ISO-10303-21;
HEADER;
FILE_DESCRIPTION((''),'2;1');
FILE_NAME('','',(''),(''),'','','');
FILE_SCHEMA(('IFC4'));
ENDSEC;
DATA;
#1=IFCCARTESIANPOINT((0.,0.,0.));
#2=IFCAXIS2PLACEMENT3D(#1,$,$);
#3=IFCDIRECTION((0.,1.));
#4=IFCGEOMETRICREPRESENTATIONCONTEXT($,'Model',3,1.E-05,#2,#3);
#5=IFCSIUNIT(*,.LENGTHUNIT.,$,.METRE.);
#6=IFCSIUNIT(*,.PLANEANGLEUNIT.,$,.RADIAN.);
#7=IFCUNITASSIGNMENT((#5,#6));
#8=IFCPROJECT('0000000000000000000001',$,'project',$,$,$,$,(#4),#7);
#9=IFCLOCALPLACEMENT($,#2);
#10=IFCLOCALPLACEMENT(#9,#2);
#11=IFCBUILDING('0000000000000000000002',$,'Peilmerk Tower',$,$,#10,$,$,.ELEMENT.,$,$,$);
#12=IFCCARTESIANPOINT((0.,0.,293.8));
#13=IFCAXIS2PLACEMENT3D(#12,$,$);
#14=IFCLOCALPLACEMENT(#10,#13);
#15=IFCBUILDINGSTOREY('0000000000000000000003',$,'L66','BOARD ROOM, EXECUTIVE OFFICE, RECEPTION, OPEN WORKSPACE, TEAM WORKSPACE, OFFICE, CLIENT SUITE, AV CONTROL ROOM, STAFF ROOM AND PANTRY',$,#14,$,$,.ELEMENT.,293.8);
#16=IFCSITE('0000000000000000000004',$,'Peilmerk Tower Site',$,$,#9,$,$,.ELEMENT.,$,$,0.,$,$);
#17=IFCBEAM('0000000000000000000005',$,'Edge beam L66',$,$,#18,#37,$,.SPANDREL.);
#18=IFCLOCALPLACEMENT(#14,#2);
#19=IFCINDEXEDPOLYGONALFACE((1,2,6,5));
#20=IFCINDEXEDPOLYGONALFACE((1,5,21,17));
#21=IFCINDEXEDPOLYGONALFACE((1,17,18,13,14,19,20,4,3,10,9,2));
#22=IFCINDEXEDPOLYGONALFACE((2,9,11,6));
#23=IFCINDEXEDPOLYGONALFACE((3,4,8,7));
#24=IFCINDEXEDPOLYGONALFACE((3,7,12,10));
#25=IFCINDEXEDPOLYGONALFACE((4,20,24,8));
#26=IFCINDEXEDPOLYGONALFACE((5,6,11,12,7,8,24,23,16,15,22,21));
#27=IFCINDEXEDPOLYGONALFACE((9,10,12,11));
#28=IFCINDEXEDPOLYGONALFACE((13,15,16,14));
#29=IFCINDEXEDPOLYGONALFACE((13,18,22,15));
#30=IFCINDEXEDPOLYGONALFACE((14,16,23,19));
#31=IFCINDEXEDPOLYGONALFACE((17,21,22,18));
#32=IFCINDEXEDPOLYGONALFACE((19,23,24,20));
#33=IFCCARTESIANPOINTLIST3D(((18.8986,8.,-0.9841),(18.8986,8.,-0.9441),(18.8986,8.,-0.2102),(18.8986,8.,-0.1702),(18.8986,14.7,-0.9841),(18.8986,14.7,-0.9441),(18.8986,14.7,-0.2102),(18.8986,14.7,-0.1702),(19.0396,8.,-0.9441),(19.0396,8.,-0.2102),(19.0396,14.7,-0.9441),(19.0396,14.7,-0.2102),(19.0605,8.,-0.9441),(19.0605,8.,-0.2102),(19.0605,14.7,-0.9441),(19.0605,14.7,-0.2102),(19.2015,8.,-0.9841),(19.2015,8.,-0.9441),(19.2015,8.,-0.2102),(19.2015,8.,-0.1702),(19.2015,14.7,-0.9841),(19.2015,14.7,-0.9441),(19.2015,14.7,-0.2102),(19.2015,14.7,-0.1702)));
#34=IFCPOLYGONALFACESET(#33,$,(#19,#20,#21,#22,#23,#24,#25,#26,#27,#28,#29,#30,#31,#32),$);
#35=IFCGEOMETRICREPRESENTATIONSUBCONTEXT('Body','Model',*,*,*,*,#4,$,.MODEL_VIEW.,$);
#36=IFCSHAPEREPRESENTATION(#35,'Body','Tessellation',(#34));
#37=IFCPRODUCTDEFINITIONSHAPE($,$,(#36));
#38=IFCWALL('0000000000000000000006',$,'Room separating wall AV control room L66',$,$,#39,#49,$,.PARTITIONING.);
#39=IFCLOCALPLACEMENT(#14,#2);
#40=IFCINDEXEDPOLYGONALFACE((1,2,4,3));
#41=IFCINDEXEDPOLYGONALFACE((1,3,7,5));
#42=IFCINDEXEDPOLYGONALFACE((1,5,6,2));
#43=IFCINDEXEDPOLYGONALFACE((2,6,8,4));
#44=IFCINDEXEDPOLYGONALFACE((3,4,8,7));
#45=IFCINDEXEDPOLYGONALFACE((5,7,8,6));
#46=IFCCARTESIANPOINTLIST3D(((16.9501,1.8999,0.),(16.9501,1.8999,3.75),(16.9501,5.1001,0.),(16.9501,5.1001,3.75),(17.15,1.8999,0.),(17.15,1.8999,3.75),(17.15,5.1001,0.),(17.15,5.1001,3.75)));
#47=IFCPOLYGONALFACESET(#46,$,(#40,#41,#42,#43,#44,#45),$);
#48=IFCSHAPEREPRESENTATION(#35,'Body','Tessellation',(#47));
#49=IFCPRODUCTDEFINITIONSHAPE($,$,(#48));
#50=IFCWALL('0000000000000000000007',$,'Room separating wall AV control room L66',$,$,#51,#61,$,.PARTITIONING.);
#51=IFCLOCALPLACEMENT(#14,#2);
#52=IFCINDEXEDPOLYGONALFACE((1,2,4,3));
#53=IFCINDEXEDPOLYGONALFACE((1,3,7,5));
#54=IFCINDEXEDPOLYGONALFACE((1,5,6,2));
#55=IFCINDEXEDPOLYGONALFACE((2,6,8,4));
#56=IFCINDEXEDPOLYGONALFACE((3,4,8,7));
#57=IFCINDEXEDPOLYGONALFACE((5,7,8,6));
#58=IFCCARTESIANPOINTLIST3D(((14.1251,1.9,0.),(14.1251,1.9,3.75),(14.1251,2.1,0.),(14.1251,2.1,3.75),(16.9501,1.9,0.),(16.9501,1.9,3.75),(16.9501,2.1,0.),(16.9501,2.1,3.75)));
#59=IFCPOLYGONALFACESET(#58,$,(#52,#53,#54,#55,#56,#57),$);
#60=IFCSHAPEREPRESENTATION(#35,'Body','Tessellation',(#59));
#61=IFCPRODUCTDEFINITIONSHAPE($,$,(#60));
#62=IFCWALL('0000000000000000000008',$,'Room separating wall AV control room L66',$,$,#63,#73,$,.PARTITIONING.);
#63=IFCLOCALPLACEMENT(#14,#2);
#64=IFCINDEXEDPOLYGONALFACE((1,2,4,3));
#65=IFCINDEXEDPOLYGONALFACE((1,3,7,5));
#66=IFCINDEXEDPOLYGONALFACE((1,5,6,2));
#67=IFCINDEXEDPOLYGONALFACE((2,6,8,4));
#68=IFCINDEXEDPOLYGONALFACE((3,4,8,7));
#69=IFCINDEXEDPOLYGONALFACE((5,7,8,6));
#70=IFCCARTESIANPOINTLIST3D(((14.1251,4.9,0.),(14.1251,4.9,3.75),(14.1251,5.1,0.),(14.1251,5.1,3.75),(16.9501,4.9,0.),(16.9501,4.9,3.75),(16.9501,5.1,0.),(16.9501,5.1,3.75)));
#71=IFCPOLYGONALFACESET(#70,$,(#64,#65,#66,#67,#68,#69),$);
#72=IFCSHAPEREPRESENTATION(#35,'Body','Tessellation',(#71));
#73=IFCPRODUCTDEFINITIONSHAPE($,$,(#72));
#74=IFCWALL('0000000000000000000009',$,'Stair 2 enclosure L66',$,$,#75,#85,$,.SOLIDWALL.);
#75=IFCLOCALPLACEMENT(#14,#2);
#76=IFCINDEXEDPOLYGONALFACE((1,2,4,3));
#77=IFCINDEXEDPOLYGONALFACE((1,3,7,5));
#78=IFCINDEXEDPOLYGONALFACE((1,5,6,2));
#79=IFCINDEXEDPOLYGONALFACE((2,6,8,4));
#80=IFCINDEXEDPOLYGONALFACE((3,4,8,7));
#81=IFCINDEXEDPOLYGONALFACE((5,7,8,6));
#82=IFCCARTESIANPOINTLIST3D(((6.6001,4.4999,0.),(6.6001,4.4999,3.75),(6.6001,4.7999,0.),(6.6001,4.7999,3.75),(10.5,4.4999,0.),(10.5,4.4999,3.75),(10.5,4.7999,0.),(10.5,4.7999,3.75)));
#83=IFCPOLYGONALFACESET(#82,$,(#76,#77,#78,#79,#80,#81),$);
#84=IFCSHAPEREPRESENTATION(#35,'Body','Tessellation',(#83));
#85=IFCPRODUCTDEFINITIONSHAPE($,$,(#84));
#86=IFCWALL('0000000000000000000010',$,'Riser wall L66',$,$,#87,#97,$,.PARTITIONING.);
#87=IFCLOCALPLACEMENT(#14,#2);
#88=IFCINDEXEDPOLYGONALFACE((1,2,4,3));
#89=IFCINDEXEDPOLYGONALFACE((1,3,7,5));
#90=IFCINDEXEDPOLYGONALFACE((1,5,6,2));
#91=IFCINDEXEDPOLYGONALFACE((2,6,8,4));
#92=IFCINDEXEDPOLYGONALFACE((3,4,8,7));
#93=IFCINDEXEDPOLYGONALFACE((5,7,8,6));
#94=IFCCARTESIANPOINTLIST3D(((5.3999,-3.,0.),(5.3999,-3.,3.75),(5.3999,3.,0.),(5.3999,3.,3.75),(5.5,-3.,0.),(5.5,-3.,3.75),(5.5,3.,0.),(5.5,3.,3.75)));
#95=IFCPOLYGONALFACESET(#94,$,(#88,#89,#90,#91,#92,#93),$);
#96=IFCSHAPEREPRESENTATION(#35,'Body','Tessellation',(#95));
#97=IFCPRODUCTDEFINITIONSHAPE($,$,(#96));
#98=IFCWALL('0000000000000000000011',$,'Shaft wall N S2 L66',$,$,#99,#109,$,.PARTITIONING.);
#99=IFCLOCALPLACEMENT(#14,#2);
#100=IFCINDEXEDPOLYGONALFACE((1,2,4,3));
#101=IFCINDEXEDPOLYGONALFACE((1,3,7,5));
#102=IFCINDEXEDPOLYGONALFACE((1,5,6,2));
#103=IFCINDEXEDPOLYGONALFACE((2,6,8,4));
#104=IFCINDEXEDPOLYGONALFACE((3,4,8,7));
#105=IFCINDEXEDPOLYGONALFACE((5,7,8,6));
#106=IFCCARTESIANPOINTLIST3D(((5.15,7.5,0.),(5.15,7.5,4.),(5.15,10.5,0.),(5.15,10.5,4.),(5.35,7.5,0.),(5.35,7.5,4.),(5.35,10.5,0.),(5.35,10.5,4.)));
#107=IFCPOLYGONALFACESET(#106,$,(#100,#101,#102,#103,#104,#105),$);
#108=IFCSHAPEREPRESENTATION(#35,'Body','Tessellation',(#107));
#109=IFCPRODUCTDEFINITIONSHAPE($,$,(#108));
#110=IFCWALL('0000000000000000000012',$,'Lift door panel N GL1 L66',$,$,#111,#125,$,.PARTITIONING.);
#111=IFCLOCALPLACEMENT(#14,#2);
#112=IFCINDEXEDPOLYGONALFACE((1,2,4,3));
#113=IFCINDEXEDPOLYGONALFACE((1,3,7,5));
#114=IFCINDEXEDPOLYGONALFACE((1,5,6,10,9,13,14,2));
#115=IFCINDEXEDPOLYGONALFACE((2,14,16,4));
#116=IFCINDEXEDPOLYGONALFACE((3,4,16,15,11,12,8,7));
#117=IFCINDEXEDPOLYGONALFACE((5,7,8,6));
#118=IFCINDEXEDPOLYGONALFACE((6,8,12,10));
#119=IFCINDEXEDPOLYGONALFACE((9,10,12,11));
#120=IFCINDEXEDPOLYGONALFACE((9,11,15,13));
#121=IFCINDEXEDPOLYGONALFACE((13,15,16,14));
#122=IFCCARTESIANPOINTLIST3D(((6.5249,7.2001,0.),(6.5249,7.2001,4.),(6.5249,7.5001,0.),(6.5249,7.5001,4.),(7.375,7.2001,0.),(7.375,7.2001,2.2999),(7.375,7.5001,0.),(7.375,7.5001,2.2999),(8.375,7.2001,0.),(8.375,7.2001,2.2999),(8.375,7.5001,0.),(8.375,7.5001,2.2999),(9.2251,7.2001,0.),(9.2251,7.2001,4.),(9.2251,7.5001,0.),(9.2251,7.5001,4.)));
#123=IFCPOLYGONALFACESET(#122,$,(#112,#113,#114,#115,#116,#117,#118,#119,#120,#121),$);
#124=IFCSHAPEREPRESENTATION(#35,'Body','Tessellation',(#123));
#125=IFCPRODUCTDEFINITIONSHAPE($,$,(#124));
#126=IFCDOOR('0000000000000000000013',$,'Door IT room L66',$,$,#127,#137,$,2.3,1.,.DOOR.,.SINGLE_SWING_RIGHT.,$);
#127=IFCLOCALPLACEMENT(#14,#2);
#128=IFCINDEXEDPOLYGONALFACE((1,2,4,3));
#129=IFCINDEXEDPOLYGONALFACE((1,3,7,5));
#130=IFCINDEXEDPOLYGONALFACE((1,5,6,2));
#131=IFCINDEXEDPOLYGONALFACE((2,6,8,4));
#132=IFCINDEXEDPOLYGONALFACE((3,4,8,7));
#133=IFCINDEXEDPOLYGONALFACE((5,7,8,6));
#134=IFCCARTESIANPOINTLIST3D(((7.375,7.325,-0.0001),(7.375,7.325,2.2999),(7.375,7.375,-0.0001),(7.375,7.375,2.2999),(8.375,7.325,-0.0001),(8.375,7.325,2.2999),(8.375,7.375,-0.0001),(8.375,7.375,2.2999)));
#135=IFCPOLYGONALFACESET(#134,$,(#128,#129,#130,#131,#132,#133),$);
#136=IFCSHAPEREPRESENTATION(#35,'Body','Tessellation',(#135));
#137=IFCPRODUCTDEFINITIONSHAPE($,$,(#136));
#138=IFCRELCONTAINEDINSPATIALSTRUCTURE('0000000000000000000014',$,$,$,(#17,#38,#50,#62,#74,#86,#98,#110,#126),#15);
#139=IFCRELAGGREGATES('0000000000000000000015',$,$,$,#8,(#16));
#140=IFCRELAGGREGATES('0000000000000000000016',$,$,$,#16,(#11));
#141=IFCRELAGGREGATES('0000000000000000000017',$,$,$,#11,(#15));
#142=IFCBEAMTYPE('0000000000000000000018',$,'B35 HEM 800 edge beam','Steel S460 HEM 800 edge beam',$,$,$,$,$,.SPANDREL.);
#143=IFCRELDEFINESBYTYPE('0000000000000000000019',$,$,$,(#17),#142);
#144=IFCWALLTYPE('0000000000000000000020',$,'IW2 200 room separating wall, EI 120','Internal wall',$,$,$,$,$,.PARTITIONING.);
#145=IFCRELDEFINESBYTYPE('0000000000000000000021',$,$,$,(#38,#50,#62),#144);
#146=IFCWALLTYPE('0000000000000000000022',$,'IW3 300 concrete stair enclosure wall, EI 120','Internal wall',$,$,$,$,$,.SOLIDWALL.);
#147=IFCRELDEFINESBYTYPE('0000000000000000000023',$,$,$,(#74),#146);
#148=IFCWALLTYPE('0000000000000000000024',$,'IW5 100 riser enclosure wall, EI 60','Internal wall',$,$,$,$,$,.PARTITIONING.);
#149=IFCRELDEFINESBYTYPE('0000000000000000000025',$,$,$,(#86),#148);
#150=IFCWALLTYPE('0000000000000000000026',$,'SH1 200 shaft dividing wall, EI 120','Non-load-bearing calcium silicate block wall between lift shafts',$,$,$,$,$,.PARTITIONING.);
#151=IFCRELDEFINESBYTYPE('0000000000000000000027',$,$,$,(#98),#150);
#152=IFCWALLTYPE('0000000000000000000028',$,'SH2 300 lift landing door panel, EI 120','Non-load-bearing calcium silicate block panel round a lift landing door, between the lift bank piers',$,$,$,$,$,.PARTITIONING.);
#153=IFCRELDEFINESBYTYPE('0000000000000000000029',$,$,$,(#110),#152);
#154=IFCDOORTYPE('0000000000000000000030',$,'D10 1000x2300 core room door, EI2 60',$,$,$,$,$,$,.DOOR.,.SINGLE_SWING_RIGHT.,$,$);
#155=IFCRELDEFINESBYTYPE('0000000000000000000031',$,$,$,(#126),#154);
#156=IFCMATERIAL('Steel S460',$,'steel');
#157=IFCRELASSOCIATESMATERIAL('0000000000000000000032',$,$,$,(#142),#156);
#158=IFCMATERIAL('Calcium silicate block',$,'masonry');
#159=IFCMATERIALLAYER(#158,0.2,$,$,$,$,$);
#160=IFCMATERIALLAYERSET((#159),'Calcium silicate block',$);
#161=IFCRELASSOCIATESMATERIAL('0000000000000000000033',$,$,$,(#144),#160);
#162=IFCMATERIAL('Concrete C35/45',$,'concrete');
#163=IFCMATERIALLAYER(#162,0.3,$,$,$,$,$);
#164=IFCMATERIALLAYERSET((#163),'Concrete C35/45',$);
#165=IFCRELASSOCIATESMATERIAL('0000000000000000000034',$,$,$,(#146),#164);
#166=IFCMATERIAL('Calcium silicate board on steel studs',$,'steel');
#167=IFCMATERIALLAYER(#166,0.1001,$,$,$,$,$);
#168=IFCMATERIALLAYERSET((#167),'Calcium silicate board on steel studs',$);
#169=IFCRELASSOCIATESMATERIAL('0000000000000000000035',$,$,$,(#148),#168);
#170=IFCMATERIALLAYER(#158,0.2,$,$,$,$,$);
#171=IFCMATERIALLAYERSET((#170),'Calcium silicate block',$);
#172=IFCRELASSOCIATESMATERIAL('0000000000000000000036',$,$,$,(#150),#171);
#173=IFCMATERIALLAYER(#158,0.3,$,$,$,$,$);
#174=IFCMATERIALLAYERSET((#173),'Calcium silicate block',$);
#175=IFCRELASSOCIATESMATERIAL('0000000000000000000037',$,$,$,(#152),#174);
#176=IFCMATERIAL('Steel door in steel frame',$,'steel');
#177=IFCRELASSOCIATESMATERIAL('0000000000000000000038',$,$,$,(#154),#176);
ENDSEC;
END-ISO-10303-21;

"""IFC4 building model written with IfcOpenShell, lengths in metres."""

from ifc_helpers import new_model, si_unit, direction, frame, frame_2d, origin, origin_2d, place, context, subcontext, project, spatial, rectangle, i_section, extrude, material, layer, layer_set, material_profile, profile_set, type_object, element, fill, save


model = new_model("IFC4")

# Units and contexts
model_context = context("Model", 3, precision=1e-05, world=origin(), true_north=direction((0.0, 1.0)))
body_context = subcontext(model_context, "Body", "Model", "MODEL_VIEW")
ifc_project = project(units=[si_unit("LENGTHUNIT", "METRE"), si_unit("PLANEANGLEUNIT", "RADIAN")], contexts=[model_context])

# Site, building, storey
site_placement = place(None, origin())
site = spatial("IfcSite", under=ifc_project, at=site_placement, Name="Peilmerk Tower Site", CompositionType="ELEMENT", RefElevation=0.0)
building_placement = place(site_placement, origin())
building = spatial("IfcBuilding", under=site, at=building_placement, Name="Peilmerk Tower", CompositionType="ELEMENT")
storey_placement = place(building_placement, frame((0.0, 0.0, 293.8)))
storey = spatial("IfcBuildingStorey", under=building, at=storey_placement, Name="L66", Description="BOARD ROOM, EXECUTIVE OFFICE, RECEPTION, OPEN WORKSPACE, TEAM WORKSPACE, OFFICE, CLIENT SUITE, AV CONTROL ROOM, STAFF ROOM AND PANTRY", CompositionType="ELEMENT", Elevation=293.8)

# Shared definitions
ifc_material_1 = material(Name="Steel S460", Category="steel")

# Beam
ifc_material_profile_1 = material_profile(ifc_material_1, i_section(OverallWidth=0.303, OverallDepth=0.814, WebThickness=0.021, FlangeThickness=0.04, at=origin_2d()), Name="HEM 800")
ifc_profile_set_1 = profile_set([ifc_material_profile_1], Name="Steel S460")
beam_type_1 = type_object("IfcBeamType", Name="B35 HEM 800 edge beam", Description="Steel S460 HEM 800 edge beam", PredefinedType="SPANDREL", material=ifc_profile_set_1)
beam_1_placement = place(storey_placement, frame((19.05, 8.0, -0.5771), z_axis=(0.0, 1.0, 0.0), x_axis=(-1.0, 0.0, 0.0)))
element("IfcBeam", 1, at=beam_1_placement, inside=storey, type_object=beam_type_1, Name="Edge beam L66", PredefinedType="SPANDREL", context=body_context, shape_type="SweptSolid", body=[
    extrude(i_section(OverallWidth=0.303, OverallDepth=0.814, WebThickness=0.021, FlangeThickness=0.04, at=origin_2d()), origin(), (0.0, 0.0, 1.0), 6.7),
])

# Walls
ifc_material_2 = material(Name="Calcium silicate block", Category="masonry")
ifc_layer_1 = layer(ifc_material_2, 0.2)
ifc_layer_set_1 = layer_set([ifc_layer_1], Name="Calcium silicate block")
wall_type_1 = type_object("IfcWallType", Name="IW2 200 room separating wall, EI 120", Description="Internal wall", PredefinedType="PARTITIONING", material=ifc_layer_set_1)
wall_1_placement = place(storey_placement, frame((17.05, 1.8999, 0.0), z_axis=(0.0, 0.0, 1.0), x_axis=(0.0, 1.0, 0.0)))
element("IfcWall", 2, at=wall_1_placement, inside=storey, type_object=wall_type_1, Name="Room separating wall AV control room L66", PredefinedType="PARTITIONING", context=body_context, shape_type="SweptSolid", body=[
    extrude(rectangle(XDim=3.2002, YDim=0.2, at=frame_2d((1.6001, 0.0))), origin(), (0.0, 0.0, 1.0), 3.75),
])
for number, where, z_axis, x_axis, name in (
    (3, (14.125, 2.0, 0.0), (0.0, 0.0, 1.0), (1.0, 0.0, 0.0), "Room separating wall AV control room L66"),
    (4, (14.125, 5.0, 0.0), (0.0, 0.0, 1.0), (1.0, 0.0, 0.0), "Room separating wall AV control room L66"),
):
    element("IfcWall", number, at=place(storey_placement, frame(where, z_axis=z_axis, x_axis=x_axis)), inside=storey, type_object=wall_type_1, Name=name, PredefinedType="PARTITIONING", context=body_context, shape_type="SweptSolid", body=[
        extrude(rectangle(XDim=2.825, YDim=0.2, at=frame_2d((1.4126, 0.0))), origin(), (0.0, 0.0, 1.0), 3.75),
    ])
ifc_material_3 = material(Name="Concrete C35/45", Category="concrete")
ifc_layer_2 = layer(ifc_material_3, 0.3)
ifc_layer_set_2 = layer_set([ifc_layer_2], Name="Concrete C35/45")
wall_type_2 = type_object("IfcWallType", Name="IW3 300 concrete stair enclosure wall, EI 120", Description="Internal wall", PredefinedType="SOLIDWALL", material=ifc_layer_set_2)
wall_2_placement = place(storey_placement, frame((6.6001, 4.6499, 0.0), z_axis=(0.0, 0.0, 1.0), x_axis=(1.0, 0.0, 0.0)))
element("IfcWall", 5, at=wall_2_placement, inside=storey, type_object=wall_type_2, Name="Stair 2 enclosure L66", PredefinedType="SOLIDWALL", context=body_context, shape_type="SweptSolid", body=[
    extrude(rectangle(XDim=3.8999, YDim=0.3, at=frame_2d((1.95, 0.0))), origin(), (0.0, 0.0, 1.0), 3.75),
])
ifc_material_4 = material(Name="Calcium silicate board on steel studs", Category="steel")
ifc_layer_3 = layer(ifc_material_4, 0.1001)
ifc_layer_set_3 = layer_set([ifc_layer_3], Name="Calcium silicate board on steel studs")
wall_type_3 = type_object("IfcWallType", Name="IW5 100 riser enclosure wall, EI 60", Description="Internal wall", PredefinedType="PARTITIONING", material=ifc_layer_set_3)
wall_3_placement = place(storey_placement, frame((5.45, 3.0, 0.0), z_axis=(0.0, 0.0, 1.0), x_axis=(0.0, -1.0, 0.0)))
element("IfcWall", 6, at=wall_3_placement, inside=storey, type_object=wall_type_3, Name="Riser wall L66", PredefinedType="PARTITIONING", context=body_context, shape_type="SweptSolid", body=[
    extrude(rectangle(XDim=6.0, YDim=0.1001, at=frame_2d((3.0, 0.0))), origin(), (0.0, 0.0, 1.0), 3.75),
])
ifc_layer_4 = layer(ifc_material_2, 0.2)
ifc_layer_set_4 = layer_set([ifc_layer_4], Name="Calcium silicate block")
wall_type_4 = type_object("IfcWallType", Name="SH1 200 shaft dividing wall, EI 120", Description="Non-load-bearing calcium silicate block wall between lift shafts", PredefinedType="PARTITIONING", material=ifc_layer_set_4)
wall_4_placement = place(storey_placement, frame((5.25, 7.5, 0.0), z_axis=(0.0, 0.0, 1.0), x_axis=(0.0, 1.0, 0.0)))
element("IfcWall", 7, at=wall_4_placement, inside=storey, type_object=wall_type_4, Name="Shaft wall N S2 L66", PredefinedType="PARTITIONING", context=body_context, shape_type="SweptSolid", body=[
    extrude(rectangle(XDim=3.0, YDim=0.2, at=frame_2d((1.5, 0.0))), origin(), (0.0, 0.0, 1.0), 4.0),
])

# Wall, opening, door
ifc_layer_5 = layer(ifc_material_2, 0.3)
ifc_layer_set_5 = layer_set([ifc_layer_5], Name="Calcium silicate block")
wall_type_5 = type_object("IfcWallType", Name="SH2 300 lift landing door panel, EI 120", Description="Non-load-bearing calcium silicate block panel round a lift landing door, between the lift bank piers", PredefinedType="PARTITIONING", material=ifc_layer_set_5)
wall_5_placement = place(storey_placement, frame((6.5249, 7.3501, 0.0), z_axis=(0.0, 0.0, 1.0), x_axis=(1.0, 0.0, 0.0)))
wall_5 = element("IfcWall", 8, at=wall_5_placement, inside=storey, type_object=wall_type_5, Name="Lift door panel N GL1 L66", PredefinedType="PARTITIONING", context=body_context, shape_type="SweptSolid", body=[
    extrude(rectangle(XDim=2.7002, YDim=0.3, at=frame_2d((1.3501, 0.0))), origin(), (0.0, 0.0, 1.0), 4.0),
])
opening_1_placement = place(wall_5_placement, frame((0.8501, 0.0, 0.0)))
opening_1 = element("IfcOpeningElement", 9, at=opening_1_placement, cuts=wall_5, PredefinedType="OPENING", context=body_context, shape_type="SweptSolid", body=[
    extrude(rectangle(XDim=1.0, YDim=2.3, at=frame_2d((0.5, 1.1499))), frame((0.0, 0.1599, 0.0), z_axis=(0.0, -1.0, 0.0), x_axis=(1.0, 0.0, 0.0)), (0.0, 0.0, 1.0), 0.3201),
])
ifc_material_5 = material(Name="Steel door in steel frame", Category="steel")
door_type_1 = type_object("IfcDoorType", Name="D10 1000x2300 core room door, EI2 60", OperationType="SINGLE_SWING_RIGHT", PredefinedType="DOOR", material=ifc_material_5)
door_1_placement = place(opening_1_placement, origin())
door_1 = element("IfcDoor", 10, at=door_1_placement, inside=storey, type_object=door_type_1, Name="Door IT room L66", OperationType="SINGLE_SWING_RIGHT", OverallHeight=2.3, OverallWidth=1.0, PredefinedType="DOOR", context=body_context, shape_type="SweptSolid", body=[
    extrude(rectangle(XDim=1.0, YDim=2.3, at=frame_2d((0.5, 1.1499))), frame((0.0, 0.0249, 0.0), z_axis=(0.0, -1.0, 0.0), x_axis=(1.0, 0.0, 0.0)), (0.0, 0.0, 1.0), 0.05),
])
fill(opening_1, door_1)

save(model, "model.ifc")
